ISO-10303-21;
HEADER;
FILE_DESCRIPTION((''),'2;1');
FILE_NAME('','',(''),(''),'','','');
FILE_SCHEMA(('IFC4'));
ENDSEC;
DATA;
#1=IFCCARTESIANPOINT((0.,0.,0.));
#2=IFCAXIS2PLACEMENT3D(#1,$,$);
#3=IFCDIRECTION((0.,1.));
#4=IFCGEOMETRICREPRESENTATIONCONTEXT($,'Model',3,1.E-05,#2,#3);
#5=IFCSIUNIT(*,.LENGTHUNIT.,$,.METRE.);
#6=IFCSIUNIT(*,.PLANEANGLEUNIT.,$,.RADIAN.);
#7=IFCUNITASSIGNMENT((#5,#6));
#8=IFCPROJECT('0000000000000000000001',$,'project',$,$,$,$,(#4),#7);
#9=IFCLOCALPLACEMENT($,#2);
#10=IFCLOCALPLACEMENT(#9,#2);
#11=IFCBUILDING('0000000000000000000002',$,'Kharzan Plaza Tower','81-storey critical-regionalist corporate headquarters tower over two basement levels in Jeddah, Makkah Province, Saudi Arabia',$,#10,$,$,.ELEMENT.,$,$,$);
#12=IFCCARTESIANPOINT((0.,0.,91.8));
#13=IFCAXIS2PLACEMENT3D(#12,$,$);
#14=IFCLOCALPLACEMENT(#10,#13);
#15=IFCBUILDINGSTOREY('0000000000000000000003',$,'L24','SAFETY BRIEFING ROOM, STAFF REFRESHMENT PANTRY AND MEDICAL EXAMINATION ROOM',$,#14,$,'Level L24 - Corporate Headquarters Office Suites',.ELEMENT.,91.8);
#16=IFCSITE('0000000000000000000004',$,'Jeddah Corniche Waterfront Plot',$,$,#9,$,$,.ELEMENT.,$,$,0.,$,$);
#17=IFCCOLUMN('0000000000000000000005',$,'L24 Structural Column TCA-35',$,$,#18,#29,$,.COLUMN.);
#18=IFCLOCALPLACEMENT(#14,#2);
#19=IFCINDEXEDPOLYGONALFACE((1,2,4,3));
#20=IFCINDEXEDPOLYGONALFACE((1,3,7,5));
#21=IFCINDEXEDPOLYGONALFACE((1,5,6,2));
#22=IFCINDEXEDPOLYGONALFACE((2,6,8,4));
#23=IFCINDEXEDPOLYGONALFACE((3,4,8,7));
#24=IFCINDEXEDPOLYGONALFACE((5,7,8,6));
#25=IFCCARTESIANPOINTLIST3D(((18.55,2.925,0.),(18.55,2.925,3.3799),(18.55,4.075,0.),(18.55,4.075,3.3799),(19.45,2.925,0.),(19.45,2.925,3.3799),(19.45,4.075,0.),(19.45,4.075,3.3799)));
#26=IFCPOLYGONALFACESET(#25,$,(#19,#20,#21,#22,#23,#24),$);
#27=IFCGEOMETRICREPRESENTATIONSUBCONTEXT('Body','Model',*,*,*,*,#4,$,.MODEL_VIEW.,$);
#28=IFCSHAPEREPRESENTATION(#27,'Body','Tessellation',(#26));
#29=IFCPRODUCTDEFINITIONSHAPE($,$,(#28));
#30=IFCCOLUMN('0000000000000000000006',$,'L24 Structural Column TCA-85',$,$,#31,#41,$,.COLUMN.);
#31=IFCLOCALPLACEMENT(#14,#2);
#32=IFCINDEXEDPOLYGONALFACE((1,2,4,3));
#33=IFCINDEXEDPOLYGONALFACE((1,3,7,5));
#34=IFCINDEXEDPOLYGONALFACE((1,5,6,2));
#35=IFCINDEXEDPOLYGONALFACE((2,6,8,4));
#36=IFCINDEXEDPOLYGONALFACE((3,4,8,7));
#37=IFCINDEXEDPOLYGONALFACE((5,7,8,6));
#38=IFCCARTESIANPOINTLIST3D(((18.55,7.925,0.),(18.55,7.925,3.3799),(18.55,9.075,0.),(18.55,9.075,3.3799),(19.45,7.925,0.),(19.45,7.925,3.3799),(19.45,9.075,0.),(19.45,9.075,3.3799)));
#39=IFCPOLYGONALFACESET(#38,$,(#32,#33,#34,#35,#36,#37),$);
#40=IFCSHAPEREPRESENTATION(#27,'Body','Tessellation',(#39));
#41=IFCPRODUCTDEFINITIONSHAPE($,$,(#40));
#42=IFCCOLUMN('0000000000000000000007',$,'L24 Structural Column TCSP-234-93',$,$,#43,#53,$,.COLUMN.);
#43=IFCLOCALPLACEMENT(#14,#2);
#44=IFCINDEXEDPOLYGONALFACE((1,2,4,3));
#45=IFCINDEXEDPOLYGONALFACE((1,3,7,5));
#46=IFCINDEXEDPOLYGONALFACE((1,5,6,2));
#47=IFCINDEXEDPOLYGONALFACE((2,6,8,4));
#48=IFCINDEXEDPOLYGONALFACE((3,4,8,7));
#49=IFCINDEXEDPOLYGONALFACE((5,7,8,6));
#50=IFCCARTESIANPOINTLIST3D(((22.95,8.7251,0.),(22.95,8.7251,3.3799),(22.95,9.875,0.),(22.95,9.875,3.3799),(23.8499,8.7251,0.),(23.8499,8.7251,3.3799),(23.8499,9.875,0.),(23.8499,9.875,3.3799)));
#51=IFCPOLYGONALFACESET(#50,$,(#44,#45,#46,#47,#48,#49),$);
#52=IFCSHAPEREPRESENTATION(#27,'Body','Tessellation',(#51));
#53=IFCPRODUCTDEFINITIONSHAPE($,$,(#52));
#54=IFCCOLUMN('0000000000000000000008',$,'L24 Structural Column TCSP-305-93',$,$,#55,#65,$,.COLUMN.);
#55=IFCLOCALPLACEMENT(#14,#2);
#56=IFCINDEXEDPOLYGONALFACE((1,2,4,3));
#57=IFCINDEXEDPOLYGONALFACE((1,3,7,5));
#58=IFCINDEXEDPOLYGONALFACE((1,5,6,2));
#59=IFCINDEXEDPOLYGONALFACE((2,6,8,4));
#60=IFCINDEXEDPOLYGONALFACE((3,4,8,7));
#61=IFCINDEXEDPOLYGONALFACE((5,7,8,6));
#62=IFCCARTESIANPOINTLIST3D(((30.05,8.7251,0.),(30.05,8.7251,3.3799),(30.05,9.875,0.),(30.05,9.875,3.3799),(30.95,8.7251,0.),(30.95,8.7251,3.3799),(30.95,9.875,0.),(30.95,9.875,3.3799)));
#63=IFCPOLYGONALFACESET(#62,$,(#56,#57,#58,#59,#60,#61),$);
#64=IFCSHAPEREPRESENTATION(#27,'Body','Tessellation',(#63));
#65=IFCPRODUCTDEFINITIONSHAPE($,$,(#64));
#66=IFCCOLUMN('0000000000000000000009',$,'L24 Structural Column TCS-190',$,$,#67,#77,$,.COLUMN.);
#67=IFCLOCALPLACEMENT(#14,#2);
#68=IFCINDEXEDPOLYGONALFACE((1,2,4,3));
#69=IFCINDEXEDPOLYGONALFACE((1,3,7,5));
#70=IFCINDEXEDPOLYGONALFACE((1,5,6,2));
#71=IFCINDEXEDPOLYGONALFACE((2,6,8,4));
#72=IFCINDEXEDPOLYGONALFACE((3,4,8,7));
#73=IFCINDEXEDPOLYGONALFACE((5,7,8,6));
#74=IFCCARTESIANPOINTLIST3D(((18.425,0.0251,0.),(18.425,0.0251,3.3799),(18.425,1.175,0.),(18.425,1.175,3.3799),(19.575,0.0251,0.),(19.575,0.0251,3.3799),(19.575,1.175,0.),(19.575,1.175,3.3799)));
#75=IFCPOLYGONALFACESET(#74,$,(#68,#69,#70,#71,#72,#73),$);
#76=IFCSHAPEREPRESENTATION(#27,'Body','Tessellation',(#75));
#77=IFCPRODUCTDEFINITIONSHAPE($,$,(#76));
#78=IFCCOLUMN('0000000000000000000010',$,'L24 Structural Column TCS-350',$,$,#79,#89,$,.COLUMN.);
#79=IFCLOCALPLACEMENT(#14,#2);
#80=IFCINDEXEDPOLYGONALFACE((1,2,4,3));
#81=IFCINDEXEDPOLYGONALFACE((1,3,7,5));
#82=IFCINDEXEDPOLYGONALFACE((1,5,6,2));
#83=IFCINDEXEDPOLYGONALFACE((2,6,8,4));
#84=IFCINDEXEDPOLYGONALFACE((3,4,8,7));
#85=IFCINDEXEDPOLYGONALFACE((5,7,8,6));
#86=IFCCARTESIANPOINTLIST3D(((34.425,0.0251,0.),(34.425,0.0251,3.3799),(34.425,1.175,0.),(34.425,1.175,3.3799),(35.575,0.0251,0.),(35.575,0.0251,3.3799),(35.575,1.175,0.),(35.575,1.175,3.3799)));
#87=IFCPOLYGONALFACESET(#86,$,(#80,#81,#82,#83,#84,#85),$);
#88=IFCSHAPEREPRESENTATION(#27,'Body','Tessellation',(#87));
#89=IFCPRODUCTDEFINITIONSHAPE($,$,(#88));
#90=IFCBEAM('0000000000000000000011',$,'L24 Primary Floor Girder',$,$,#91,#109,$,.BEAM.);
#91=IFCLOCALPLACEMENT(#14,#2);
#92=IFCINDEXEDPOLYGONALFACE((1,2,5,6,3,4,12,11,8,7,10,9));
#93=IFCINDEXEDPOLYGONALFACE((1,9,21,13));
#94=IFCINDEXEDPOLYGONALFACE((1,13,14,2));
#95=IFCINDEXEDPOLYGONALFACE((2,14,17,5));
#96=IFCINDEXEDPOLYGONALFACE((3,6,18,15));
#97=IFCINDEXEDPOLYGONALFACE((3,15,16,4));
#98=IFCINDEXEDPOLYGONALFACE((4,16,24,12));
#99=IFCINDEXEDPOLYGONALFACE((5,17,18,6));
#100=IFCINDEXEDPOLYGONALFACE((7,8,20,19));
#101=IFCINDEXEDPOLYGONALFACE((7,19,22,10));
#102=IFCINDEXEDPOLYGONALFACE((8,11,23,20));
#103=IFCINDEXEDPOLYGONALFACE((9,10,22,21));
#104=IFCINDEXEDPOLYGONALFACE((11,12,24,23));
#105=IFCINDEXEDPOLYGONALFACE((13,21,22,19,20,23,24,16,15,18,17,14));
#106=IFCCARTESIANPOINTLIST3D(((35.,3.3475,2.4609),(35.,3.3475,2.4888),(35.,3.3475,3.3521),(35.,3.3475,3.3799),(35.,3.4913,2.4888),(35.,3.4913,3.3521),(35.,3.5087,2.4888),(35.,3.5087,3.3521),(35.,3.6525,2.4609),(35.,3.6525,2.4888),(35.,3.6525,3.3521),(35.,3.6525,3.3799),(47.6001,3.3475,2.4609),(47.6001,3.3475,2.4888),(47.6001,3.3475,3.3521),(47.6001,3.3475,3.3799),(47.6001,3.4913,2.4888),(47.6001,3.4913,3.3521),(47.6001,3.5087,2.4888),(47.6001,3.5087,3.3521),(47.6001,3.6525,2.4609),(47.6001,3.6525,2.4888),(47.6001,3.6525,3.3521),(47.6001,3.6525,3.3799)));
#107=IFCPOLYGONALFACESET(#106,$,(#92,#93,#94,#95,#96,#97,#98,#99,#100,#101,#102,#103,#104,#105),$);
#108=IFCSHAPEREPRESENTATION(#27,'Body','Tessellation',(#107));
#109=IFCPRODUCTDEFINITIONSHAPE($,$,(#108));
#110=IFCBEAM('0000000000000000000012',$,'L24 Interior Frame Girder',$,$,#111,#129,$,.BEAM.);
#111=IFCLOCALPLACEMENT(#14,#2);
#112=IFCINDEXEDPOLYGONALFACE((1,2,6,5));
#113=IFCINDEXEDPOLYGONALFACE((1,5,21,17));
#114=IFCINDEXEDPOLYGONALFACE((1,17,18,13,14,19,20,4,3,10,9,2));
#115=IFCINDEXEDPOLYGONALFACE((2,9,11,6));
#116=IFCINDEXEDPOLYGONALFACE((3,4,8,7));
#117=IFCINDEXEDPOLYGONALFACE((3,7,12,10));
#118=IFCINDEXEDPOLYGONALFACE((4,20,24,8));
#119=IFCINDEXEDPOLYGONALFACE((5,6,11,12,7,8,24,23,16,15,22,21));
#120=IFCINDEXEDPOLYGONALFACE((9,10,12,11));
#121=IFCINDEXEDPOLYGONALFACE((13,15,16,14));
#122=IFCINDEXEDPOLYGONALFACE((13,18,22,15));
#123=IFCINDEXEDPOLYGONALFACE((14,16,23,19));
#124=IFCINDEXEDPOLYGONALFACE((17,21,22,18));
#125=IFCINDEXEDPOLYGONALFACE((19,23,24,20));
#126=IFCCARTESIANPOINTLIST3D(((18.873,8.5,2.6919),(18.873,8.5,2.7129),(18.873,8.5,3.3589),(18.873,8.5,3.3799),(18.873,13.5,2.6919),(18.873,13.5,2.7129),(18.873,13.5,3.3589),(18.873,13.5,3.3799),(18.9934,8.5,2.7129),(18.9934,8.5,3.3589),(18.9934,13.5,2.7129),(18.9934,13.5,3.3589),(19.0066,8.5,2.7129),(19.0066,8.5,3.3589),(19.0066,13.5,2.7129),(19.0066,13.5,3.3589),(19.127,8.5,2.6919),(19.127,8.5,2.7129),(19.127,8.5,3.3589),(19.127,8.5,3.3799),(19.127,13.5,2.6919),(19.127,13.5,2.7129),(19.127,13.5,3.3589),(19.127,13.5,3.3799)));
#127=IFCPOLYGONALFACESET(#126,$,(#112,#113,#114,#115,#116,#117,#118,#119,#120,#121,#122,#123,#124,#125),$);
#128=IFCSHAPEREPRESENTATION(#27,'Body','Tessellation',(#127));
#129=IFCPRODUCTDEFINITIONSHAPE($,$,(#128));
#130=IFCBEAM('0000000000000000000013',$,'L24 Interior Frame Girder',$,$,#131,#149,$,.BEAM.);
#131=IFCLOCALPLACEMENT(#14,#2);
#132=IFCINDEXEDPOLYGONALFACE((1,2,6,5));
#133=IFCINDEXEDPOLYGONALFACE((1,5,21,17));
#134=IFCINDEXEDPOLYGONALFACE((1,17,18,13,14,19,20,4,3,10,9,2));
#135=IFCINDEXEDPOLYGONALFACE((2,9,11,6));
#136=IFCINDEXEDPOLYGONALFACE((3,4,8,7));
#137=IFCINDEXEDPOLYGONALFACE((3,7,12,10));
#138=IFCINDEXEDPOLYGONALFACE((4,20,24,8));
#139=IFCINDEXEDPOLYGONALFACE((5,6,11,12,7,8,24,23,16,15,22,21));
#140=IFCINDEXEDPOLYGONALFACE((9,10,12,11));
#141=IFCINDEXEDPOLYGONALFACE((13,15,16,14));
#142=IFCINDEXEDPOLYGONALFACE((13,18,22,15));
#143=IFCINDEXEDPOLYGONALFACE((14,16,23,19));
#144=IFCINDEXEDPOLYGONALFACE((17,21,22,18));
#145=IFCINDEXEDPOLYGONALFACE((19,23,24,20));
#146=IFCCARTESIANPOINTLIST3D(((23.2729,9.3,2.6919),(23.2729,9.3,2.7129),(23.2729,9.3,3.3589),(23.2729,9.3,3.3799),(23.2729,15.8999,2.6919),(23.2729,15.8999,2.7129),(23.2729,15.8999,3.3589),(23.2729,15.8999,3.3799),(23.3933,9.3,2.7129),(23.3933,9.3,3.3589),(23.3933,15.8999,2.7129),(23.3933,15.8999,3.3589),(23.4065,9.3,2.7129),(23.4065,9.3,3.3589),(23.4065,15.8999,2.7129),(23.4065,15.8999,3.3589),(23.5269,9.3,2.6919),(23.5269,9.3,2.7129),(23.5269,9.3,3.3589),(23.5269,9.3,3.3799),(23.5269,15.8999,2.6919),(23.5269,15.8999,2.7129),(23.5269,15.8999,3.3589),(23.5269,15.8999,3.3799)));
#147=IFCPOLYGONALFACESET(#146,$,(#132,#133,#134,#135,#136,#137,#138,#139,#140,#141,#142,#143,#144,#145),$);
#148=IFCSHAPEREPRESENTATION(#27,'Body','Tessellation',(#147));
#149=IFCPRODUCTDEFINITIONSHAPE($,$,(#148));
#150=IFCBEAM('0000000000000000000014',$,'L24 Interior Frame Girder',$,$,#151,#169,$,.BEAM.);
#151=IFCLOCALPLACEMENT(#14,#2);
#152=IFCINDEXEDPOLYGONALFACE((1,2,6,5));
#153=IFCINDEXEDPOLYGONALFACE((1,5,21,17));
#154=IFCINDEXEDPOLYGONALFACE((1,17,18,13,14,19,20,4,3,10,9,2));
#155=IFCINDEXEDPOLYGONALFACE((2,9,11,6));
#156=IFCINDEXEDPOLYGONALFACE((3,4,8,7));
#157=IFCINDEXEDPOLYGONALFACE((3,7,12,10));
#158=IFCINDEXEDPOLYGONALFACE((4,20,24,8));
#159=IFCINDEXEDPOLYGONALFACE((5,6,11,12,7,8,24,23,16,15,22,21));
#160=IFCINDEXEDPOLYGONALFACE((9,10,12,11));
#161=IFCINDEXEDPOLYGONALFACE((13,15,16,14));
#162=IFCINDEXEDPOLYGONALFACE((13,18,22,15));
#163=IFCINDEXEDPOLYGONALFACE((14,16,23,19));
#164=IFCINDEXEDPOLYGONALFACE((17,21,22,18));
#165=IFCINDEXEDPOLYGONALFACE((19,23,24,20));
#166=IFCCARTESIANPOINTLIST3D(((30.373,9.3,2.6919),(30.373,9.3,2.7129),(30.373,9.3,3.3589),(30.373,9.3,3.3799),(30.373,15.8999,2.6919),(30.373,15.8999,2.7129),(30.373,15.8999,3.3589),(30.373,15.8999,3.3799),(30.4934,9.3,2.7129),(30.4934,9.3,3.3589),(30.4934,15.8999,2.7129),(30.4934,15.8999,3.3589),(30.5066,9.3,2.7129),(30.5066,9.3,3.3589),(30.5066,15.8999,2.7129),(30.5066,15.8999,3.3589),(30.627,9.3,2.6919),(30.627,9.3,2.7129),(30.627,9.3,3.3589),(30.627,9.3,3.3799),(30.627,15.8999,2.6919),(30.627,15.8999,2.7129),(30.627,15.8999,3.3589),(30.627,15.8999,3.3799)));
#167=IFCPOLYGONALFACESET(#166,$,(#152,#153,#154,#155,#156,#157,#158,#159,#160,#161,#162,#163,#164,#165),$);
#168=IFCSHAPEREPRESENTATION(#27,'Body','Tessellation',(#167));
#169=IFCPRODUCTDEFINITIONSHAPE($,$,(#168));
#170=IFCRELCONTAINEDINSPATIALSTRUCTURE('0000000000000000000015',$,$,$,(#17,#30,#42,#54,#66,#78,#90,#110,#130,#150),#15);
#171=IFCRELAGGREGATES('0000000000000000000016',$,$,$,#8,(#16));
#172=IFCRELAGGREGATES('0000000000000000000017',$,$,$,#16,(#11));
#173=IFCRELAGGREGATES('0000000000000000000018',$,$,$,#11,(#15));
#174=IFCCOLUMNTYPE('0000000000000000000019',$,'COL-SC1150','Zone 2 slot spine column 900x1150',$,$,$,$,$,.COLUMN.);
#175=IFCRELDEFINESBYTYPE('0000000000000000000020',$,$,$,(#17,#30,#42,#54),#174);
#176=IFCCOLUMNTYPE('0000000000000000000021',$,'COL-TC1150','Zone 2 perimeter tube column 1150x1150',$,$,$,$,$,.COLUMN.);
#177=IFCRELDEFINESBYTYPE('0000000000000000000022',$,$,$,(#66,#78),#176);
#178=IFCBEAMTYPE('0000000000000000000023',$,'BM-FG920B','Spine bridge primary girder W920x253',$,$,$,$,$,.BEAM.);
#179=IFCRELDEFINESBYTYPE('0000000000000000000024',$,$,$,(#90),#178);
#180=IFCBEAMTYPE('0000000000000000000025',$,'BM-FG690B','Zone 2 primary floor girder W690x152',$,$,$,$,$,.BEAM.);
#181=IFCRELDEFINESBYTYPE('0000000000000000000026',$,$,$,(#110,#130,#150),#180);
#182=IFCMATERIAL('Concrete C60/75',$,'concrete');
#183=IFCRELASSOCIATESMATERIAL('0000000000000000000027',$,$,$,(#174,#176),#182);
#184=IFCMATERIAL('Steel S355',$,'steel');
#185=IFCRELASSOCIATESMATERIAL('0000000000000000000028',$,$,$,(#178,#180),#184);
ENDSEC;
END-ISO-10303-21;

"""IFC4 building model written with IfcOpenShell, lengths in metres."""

from ifc_helpers import new_model, si_unit, direction, frame, origin, origin_2d, place, context, subcontext, project, spatial, rectangle, i_section, extrude, source, transform, mapped, material, material_profile, profile_set, type_object, element, save


model = new_model("IFC4")

# Units and contexts
model_context = context("Model", 3, precision=1e-05, world=origin(), true_north=direction((0.0, 1.0)))
body_context = subcontext(model_context, "Body", "Model", "MODEL_VIEW")
ifc_project = project(units=[si_unit("LENGTHUNIT", "METRE"), si_unit("PLANEANGLEUNIT", "RADIAN")], contexts=[model_context])

# Site, building, storey
site_placement = place(None, origin())
site = spatial("IfcSite", under=ifc_project, at=site_placement, Name="Jeddah Corniche Waterfront Plot", CompositionType="ELEMENT", RefElevation=0.0)
building_placement = place(site_placement, origin())
building = spatial("IfcBuilding", under=site, at=building_placement, Name="Kharzan Plaza Tower", Description="81-storey critical-regionalist corporate headquarters tower over two basement levels in Jeddah, Makkah Province, Saudi Arabia", CompositionType="ELEMENT")
storey_placement = place(building_placement, frame((0.0, 0.0, 91.8)))
storey = spatial("IfcBuildingStorey", under=building, at=storey_placement, Name="L24", Description="SAFETY BRIEFING ROOM, STAFF REFRESHMENT PANTRY AND MEDICAL EXAMINATION ROOM", LongName="Level L24 - Corporate Headquarters Office Suites", CompositionType="ELEMENT", Elevation=91.8)

# Columns
ifc_material_1 = material(Name="Concrete C60/75", Category="concrete")
ifc_material_profile_1 = material_profile(ifc_material_1, rectangle(XDim=0.8999, YDim=1.1499, at=origin_2d()), Name="RC-SC1150x900")
ifc_profile_set_1 = profile_set([ifc_material_profile_1], Name="Concrete C60/75")
column_type_1 = type_object("IfcColumnType", Name="COL-SC1150", Description="Zone 2 slot spine column 900x1150", PredefinedType="COLUMN", material=ifc_profile_set_1)
shared_shape_1 = source(origin(), body_context, "Body", "SweptSolid", [
    extrude(rectangle(XDim=0.8999, YDim=1.1499, at=origin_2d()), origin(), (0.0, 0.0, 1.0), 3.3799),
])
for number, where, z_axis, x_axis, name in (
    (1, (19.0, 3.5, 0.0), (0.0, 0.0, 1.0), (1.0, 0.0, 0.0), "L24 Structural Column TCA-35"),
    (2, (19.0, 8.5, 0.0), (0.0, 0.0, 1.0), (1.0, 0.0, 0.0), "L24 Structural Column TCA-85"),
    (3, (23.3999, 9.3, 0.0), (0.0, 0.0, 1.0), (1.0, 0.0, 0.0), "L24 Structural Column TCSP-234-93"),
    (4, (30.5, 9.3, 0.0), (0.0, 0.0, 1.0), (1.0, 0.0, 0.0), "L24 Structural Column TCSP-305-93"),
):
    element("IfcColumn", number, at=place(storey_placement, frame(where, z_axis=z_axis, x_axis=x_axis)), inside=storey, type_object=column_type_1, Name=name, PredefinedType="COLUMN", context=body_context, shape_type="MappedRepresentation", body=[
        mapped(shared_shape_1, transform((0.0, 0.0, 0.0), x_axis=(1.0, 0.0, 0.0), y_axis=(0.0, 1.0, 0.0), z_axis=(0.0, 0.0, 1.0))),
    ])
ifc_material_profile_2 = material_profile(ifc_material_1, rectangle(XDim=1.1499, YDim=1.1499, at=origin_2d()), Name="RC-TC1150x1150")
ifc_profile_set_2 = profile_set([ifc_material_profile_2], Name="Concrete C60/75")
column_type_2 = type_object("IfcColumnType", Name="COL-TC1150", Description="Zone 2 perimeter tube column 1150x1150", PredefinedType="COLUMN", material=ifc_profile_set_2)
shared_shape_2 = source(origin(), body_context, "Body", "SweptSolid", [
    extrude(rectangle(XDim=1.1499, YDim=1.1499, at=origin_2d()), origin(), (0.0, 0.0, 1.0), 3.3799),
])
for number, where, z_axis, x_axis, name in (
    (5, (19.0, 0.6001, 0.0), (0.0, 0.0, 1.0), (1.0, 0.0, 0.0), "L24 Structural Column TCS-190"),
    (6, (35.0, 0.6001, 0.0), (0.0, 0.0, 1.0), (1.0, 0.0, 0.0), "L24 Structural Column TCS-350"),
):
    element("IfcColumn", number, at=place(storey_placement, frame(where, z_axis=z_axis, x_axis=x_axis)), inside=storey, type_object=column_type_2, Name=name, PredefinedType="COLUMN", context=body_context, shape_type="MappedRepresentation", body=[
        mapped(shared_shape_2, transform((0.0, 0.0, 0.0), x_axis=(1.0, 0.0, 0.0), y_axis=(0.0, 1.0, 0.0), z_axis=(0.0, 0.0, 1.0))),
    ])

# Beams
ifc_material_2 = material(Name="Steel S355", Category="steel")
ifc_material_profile_3 = material_profile(ifc_material_2, i_section(OverallWidth=0.3049, OverallDepth=0.9189, WebThickness=0.0173, FlangeThickness=0.0278, at=origin_2d()), Name="W920x253")
ifc_profile_set_3 = profile_set([ifc_material_profile_3], Name="Steel S355")
beam_type_1 = type_object("IfcBeamType", Name="BM-FG920B", Description="Spine bridge primary girder W920x253", PredefinedType="BEAM", material=ifc_profile_set_3)
shared_shape_3 = source(origin(), body_context, "Body", "SweptSolid", [
    extrude(i_section(OverallWidth=0.3049, OverallDepth=0.9189, WebThickness=0.0173, FlangeThickness=0.0278, at=origin_2d()), origin(), (0.0, 0.0, 1.0), 12.6001),
])
beam_1_placement = place(storey_placement, frame((35.0, 3.5, 2.9204), z_axis=(1.0, 0.0, 0.0), x_axis=(0.0, 1.0, 0.0)))
element("IfcBeam", 7, at=beam_1_placement, inside=storey, type_object=beam_type_1, Name="L24 Primary Floor Girder", PredefinedType="BEAM", context=body_context, shape_type="MappedRepresentation", body=[
    mapped(shared_shape_3, transform((0.0, 0.0, 0.0), x_axis=(1.0, 0.0, 0.0), y_axis=(0.0, 1.0, 0.0), z_axis=(0.0, 0.0, 1.0))),
])
ifc_material_profile_4 = material_profile(ifc_material_2, i_section(OverallWidth=0.2539, OverallDepth=0.688, WebThickness=0.0132, FlangeThickness=0.021, at=origin_2d()), Name="W690x152")
ifc_profile_set_4 = profile_set([ifc_material_profile_4], Name="Steel S355")
beam_type_2 = type_object("IfcBeamType", Name="BM-FG690B", Description="Zone 2 primary floor girder W690x152", PredefinedType="BEAM", material=ifc_profile_set_4)
shared_shape_4 = source(origin(), body_context, "Body", "SweptSolid", [
    extrude(i_section(OverallWidth=0.2539, OverallDepth=0.688, WebThickness=0.0132, FlangeThickness=0.021, at=origin_2d()), origin(), (0.0, 0.0, 1.0), 5.0),
])
beam_2_placement = place(storey_placement, frame((19.0, 8.5, 3.0359), z_axis=(0.0, 1.0, 0.0), x_axis=(-1.0, 0.0, 0.0)))
element("IfcBeam", 8, at=beam_2_placement, inside=storey, type_object=beam_type_2, Name="L24 Interior Frame Girder", PredefinedType="BEAM", context=body_context, shape_type="MappedRepresentation", body=[
    mapped(shared_shape_4, transform((0.0, 0.0, 0.0), x_axis=(1.0, 0.0, 0.0), y_axis=(0.0, 1.0, 0.0), z_axis=(0.0, 0.0, 1.0))),
])
shared_shape_5 = source(origin(), body_context, "Body", "SweptSolid", [
    extrude(i_section(OverallWidth=0.2539, OverallDepth=0.688, WebThickness=0.0132, FlangeThickness=0.021, at=origin_2d()), origin(), (0.0, 0.0, 1.0), 6.5999),
])
for number, where, z_axis, x_axis, name in (
    (9, (23.3999, 9.3, 3.0359), (0.0, 1.0, 0.0), (-1.0, 0.0, 0.0), "L24 Interior Frame Girder"),
    (10, (30.5, 9.3, 3.0359), (0.0, 1.0, 0.0), (-1.0, 0.0, 0.0), "L24 Interior Frame Girder"),
):
    element("IfcBeam", number, at=place(storey_placement, frame(where, z_axis=z_axis, x_axis=x_axis)), inside=storey, type_object=beam_type_2, Name=name, PredefinedType="BEAM", context=body_context, shape_type="MappedRepresentation", body=[
        mapped(shared_shape_5, transform((0.0, 0.0, 0.0), x_axis=(1.0, 0.0, 0.0), y_axis=(0.0, 1.0, 0.0), z_axis=(0.0, 0.0, 1.0))),
    ])

save(model, "model.ifc")
